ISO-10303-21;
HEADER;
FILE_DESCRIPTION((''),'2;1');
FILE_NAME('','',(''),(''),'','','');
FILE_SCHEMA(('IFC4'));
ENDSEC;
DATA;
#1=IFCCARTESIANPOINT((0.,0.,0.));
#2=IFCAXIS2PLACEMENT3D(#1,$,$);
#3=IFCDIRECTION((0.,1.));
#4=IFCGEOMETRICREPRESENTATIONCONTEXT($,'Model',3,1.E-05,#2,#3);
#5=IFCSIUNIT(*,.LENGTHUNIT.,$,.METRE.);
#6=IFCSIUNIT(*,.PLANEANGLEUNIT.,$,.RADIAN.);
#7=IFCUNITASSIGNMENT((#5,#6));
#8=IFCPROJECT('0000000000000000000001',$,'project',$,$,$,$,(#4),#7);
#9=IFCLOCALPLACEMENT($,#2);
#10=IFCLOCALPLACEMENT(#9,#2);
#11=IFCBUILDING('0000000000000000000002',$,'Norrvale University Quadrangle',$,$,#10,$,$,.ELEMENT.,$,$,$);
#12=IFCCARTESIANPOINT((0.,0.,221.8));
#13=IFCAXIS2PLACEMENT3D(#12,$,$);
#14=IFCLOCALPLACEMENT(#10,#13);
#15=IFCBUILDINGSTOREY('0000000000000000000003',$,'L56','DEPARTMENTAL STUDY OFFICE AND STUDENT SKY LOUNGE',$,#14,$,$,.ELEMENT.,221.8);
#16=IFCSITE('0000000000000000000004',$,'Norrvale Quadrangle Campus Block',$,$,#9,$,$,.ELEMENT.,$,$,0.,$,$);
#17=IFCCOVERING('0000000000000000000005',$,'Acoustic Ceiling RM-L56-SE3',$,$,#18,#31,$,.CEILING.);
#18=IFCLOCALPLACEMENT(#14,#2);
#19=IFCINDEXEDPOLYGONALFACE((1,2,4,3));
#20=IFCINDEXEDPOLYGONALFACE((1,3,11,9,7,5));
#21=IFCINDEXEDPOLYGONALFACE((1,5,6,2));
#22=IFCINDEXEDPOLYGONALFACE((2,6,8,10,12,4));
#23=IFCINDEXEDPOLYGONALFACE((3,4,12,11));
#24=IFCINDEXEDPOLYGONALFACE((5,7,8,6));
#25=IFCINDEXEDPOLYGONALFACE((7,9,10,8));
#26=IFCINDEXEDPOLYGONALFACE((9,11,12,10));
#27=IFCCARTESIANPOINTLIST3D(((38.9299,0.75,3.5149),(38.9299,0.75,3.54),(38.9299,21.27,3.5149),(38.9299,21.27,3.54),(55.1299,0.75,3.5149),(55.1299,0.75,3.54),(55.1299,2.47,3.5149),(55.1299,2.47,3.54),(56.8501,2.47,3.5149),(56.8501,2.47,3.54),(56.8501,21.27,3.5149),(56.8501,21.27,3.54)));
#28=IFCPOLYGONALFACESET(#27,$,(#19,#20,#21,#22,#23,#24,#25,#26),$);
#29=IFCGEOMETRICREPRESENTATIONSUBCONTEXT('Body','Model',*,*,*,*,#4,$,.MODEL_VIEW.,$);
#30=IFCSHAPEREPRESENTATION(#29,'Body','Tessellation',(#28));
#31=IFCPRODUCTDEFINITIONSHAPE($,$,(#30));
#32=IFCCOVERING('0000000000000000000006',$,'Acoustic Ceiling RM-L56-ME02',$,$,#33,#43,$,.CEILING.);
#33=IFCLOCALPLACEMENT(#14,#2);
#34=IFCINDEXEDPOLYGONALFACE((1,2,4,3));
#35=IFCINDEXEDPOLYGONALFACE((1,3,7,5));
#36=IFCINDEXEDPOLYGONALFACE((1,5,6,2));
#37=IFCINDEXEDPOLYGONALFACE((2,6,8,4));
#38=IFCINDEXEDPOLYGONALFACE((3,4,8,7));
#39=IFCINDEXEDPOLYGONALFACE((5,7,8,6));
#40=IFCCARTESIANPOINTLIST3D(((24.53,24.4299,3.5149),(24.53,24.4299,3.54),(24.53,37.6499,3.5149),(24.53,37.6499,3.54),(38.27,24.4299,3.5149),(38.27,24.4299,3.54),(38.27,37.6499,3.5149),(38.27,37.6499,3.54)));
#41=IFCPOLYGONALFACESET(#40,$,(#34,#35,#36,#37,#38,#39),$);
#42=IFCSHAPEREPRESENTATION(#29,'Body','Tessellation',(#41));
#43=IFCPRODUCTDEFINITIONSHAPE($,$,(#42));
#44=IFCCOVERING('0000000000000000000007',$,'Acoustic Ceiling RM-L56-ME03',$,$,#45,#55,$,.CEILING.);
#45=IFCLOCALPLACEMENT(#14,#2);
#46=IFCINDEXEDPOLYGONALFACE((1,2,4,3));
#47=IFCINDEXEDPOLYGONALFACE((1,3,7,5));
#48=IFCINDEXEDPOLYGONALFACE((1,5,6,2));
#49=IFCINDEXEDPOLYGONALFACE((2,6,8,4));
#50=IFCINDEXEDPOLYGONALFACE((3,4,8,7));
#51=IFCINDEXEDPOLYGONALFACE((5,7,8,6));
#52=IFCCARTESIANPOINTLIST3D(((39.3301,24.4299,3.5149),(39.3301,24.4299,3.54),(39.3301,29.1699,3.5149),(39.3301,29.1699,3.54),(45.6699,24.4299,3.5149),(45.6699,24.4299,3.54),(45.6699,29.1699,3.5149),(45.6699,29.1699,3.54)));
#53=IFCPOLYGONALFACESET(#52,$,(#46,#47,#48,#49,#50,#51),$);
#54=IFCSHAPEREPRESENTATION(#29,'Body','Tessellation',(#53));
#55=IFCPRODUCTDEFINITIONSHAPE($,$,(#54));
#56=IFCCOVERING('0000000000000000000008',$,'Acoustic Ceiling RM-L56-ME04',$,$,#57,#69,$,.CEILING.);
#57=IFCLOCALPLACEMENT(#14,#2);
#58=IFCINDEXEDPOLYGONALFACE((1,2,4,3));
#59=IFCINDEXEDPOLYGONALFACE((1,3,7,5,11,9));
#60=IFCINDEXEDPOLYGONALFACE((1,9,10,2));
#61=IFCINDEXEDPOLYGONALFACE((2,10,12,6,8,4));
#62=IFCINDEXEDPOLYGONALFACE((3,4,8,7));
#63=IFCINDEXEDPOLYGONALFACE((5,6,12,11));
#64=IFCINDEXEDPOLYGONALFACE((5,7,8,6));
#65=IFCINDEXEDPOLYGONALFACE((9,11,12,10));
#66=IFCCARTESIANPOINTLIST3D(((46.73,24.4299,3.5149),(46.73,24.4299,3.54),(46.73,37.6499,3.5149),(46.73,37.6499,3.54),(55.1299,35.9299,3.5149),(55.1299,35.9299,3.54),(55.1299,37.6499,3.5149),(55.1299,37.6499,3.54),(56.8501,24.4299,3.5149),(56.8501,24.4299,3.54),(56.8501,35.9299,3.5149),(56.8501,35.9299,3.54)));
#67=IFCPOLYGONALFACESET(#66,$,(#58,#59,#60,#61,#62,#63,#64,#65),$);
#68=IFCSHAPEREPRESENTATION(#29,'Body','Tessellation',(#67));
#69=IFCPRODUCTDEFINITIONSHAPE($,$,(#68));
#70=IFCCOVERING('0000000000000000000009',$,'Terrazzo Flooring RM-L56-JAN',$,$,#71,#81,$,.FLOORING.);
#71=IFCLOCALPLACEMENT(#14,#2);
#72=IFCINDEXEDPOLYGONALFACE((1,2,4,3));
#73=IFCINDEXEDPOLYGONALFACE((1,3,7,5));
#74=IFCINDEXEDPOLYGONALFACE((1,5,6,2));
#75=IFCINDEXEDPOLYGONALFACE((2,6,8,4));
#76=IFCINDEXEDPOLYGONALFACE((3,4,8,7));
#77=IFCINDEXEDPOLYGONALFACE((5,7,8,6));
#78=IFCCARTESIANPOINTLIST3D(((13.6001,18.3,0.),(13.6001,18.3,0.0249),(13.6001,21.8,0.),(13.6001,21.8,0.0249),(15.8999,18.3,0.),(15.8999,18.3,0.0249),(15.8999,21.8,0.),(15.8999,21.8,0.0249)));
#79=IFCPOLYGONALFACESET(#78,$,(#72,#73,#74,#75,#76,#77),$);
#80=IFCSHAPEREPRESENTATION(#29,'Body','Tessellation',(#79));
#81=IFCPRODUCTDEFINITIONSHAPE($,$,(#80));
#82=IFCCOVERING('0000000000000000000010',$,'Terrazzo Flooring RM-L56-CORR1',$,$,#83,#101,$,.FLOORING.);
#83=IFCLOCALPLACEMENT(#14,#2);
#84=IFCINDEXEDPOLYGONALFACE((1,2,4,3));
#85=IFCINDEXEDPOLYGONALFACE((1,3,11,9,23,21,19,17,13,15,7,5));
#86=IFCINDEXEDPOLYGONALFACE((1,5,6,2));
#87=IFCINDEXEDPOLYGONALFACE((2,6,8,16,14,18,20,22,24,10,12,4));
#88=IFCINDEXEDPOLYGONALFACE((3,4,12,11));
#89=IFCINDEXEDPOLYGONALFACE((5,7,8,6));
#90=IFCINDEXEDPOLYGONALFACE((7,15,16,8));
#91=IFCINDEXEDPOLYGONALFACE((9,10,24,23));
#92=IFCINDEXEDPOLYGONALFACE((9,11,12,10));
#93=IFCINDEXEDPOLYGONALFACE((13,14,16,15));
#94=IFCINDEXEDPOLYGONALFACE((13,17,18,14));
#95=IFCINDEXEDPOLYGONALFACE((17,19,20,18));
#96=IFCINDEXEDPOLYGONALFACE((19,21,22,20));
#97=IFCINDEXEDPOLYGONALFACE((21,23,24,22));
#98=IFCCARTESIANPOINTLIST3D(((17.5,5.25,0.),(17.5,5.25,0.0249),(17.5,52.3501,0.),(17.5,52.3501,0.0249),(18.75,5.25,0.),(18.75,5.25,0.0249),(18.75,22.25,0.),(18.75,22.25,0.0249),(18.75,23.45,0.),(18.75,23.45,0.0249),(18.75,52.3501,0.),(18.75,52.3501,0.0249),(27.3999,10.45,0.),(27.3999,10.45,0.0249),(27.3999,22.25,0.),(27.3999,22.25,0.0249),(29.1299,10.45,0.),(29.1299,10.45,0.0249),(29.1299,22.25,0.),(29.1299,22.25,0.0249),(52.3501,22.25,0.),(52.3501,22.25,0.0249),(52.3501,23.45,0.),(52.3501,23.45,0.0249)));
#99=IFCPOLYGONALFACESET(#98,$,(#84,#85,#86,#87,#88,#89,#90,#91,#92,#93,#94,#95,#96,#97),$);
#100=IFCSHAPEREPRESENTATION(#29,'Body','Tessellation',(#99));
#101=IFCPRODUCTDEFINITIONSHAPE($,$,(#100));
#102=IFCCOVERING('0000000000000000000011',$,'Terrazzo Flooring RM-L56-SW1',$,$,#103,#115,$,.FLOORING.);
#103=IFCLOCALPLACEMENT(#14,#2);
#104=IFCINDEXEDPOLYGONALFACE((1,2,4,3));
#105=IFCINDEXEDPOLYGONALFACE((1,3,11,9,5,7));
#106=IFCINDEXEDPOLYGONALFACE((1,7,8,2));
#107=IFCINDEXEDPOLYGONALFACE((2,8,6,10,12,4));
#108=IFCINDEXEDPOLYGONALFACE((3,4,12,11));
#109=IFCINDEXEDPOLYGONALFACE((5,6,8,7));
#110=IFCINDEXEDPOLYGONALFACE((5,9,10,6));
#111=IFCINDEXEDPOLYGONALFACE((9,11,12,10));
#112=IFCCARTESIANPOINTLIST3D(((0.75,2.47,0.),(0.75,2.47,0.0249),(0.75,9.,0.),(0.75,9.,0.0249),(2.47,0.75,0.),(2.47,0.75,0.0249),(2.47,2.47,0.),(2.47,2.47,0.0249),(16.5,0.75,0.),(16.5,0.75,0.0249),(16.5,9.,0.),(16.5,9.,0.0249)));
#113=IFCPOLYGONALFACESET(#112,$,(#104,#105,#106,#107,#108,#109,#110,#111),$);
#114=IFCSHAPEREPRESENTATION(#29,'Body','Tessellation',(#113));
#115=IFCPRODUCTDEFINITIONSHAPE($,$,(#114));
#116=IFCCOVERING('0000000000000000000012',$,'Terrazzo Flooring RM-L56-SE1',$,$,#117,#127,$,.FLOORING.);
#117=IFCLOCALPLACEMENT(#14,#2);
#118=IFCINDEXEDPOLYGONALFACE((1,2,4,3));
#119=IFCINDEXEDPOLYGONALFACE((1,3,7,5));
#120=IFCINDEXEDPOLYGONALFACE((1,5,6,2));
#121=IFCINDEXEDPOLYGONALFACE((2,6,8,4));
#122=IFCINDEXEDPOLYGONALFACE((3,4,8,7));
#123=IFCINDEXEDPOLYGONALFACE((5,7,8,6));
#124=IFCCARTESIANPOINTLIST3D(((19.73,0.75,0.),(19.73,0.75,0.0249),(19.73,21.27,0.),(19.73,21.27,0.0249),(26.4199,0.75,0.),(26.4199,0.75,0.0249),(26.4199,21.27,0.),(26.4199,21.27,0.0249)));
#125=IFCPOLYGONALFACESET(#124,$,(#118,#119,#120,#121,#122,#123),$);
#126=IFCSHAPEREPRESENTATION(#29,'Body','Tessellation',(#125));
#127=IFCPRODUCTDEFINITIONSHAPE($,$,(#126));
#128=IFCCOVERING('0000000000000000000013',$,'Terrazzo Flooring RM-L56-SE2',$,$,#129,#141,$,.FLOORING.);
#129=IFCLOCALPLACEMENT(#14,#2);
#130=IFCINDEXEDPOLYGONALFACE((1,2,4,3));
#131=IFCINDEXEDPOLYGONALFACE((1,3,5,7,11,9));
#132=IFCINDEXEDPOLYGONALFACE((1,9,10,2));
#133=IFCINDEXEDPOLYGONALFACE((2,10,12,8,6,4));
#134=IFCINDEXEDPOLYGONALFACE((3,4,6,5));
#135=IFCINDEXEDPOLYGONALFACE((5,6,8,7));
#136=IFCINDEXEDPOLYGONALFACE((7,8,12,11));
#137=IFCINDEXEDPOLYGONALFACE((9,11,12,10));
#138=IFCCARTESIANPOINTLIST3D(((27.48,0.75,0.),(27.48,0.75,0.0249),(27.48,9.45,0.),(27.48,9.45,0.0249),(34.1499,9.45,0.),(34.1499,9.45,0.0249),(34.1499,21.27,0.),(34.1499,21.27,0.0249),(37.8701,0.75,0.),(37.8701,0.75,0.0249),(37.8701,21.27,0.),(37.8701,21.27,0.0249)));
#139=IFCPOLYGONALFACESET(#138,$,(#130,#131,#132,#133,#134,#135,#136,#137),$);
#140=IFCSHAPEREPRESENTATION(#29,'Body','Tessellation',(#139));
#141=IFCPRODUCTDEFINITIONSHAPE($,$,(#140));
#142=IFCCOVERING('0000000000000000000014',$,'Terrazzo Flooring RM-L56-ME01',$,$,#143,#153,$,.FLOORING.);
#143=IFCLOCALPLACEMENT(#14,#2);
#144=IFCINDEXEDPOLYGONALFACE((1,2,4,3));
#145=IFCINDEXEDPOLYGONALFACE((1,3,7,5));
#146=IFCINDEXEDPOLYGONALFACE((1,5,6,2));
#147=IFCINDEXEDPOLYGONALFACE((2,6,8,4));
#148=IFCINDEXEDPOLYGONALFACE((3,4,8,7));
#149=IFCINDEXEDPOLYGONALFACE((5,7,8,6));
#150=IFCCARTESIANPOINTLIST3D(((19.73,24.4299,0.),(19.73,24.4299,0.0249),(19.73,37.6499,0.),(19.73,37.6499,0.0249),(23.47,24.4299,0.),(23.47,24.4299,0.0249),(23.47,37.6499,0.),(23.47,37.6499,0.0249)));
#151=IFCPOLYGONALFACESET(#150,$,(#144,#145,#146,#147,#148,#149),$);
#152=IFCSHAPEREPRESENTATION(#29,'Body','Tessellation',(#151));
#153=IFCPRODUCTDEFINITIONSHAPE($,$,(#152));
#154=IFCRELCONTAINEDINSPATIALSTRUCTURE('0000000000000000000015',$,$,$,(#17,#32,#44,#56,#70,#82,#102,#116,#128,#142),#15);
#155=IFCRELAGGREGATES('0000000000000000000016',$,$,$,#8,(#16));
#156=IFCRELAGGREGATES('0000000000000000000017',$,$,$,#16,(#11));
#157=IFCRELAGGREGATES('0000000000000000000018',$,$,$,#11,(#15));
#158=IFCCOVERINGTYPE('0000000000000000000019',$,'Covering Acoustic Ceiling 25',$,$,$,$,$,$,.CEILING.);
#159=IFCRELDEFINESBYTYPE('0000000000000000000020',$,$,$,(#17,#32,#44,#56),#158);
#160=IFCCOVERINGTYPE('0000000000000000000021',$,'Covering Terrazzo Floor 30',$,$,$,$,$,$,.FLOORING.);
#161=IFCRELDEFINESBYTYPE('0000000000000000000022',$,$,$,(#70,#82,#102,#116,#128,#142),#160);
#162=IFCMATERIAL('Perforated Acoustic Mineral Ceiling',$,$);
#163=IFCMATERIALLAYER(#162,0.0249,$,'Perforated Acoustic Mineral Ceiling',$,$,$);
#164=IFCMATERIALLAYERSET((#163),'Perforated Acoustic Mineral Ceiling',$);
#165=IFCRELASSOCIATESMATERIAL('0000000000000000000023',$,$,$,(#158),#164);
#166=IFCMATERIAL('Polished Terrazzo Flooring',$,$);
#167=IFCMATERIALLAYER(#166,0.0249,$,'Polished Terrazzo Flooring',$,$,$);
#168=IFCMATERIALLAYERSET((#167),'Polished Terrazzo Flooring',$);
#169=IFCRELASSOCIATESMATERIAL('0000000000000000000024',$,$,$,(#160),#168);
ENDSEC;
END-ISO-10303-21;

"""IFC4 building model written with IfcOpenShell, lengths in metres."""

from ifc_helpers import new_model, si_unit, direction, frame, origin, place, context, subcontext, project, spatial, polyline, outline, extrude, material, layer, layer_set, type_object, element, save


model = new_model("IFC4")

# Units and contexts
model_context = context("Model", 3, precision=1e-05, world=origin(), true_north=direction((0.0, 1.0)))
body_context = subcontext(model_context, "Body", "Model", "MODEL_VIEW")
ifc_project = project(units=[si_unit("LENGTHUNIT", "METRE"), si_unit("PLANEANGLEUNIT", "RADIAN")], contexts=[model_context])

# Site, building, storey
site_placement = place(None, origin())
site = spatial("IfcSite", under=ifc_project, at=site_placement, Name="Norrvale Quadrangle Campus Block", CompositionType="ELEMENT", RefElevation=0.0)
building_placement = place(site_placement, origin())
building = spatial("IfcBuilding", under=site, at=building_placement, Name="Norrvale University Quadrangle", CompositionType="ELEMENT")
storey_placement = place(building_placement, frame((0.0, 0.0, 221.8)))
storey = spatial("IfcBuildingStorey", under=building, at=storey_placement, Name="L56", Description="DEPARTMENTAL STUDY OFFICE AND STUDENT SKY LOUNGE", CompositionType="ELEMENT", Elevation=221.8)

# Coverings
ifc_material_1 = material(Name="Perforated Acoustic Mineral Ceiling")
ifc_layer_1 = layer(ifc_material_1, 0.0249, Name="Perforated Acoustic Mineral Ceiling")
ifc_layer_set_1 = layer_set([ifc_layer_1], Name="Perforated Acoustic Mineral Ceiling")
covering_type_1 = type_object("IfcCoveringType", Name="Covering Acoustic Ceiling 25", PredefinedType="CEILING", material=ifc_layer_set_1)
covering_1_placement = place(storey_placement, frame((0.0, 0.0, 3.5149)))
element("IfcCovering", 1, at=covering_1_placement, inside=storey, type_object=covering_type_1, Name="Acoustic Ceiling RM-L56-SE3", PredefinedType="CEILING", context=body_context, shape_type="SweptSolid", body=[
    extrude(outline(polyline([(38.9299, 21.27), (56.8501, 21.27), (56.8501, 2.47), (55.1299, 2.47), (55.1299, 0.75), (38.9299, 0.75), (38.9299, 21.27)])), origin(), (0.0, 0.0, 1.0), 0.0251),
])
covering_2_placement = place(storey_placement, frame((0.0, 0.0, 3.5149)))
element("IfcCovering", 2, at=covering_2_placement, inside=storey, type_object=covering_type_1, Name="Acoustic Ceiling RM-L56-ME02", PredefinedType="CEILING", context=body_context, shape_type="SweptSolid", body=[
    extrude(outline(polyline([(38.27, 37.6499), (38.27, 24.4299), (24.53, 24.4299), (24.53, 37.6499), (38.27, 37.6499)])), origin(), (0.0, 0.0, 1.0), 0.0251),
])
covering_3_placement = place(storey_placement, frame((0.0, 0.0, 3.5149)))
element("IfcCovering", 3, at=covering_3_placement, inside=storey, type_object=covering_type_1, Name="Acoustic Ceiling RM-L56-ME03", PredefinedType="CEILING", context=body_context, shape_type="SweptSolid", body=[
    extrude(outline(polyline([(45.6699, 24.4299), (39.3301, 24.4299), (39.3301, 29.1699), (45.6699, 29.1699), (45.6699, 24.4299)])), origin(), (0.0, 0.0, 1.0), 0.0251),
])
covering_4_placement = place(storey_placement, frame((0.0, 0.0, 3.5149)))
element("IfcCovering", 4, at=covering_4_placement, inside=storey, type_object=covering_type_1, Name="Acoustic Ceiling RM-L56-ME04", PredefinedType="CEILING", context=body_context, shape_type="SweptSolid", body=[
    extrude(outline(polyline([(46.73, 24.4299), (46.73, 37.6499), (55.1299, 37.6499), (55.1299, 35.9299), (56.8501, 35.9299), (56.8501, 24.4299), (46.73, 24.4299)])), origin(), (0.0, 0.0, 1.0), 0.0251),
])
ifc_material_2 = material(Name="Polished Terrazzo Flooring")
ifc_layer_2 = layer(ifc_material_2, 0.0249, Name="Polished Terrazzo Flooring")
ifc_layer_set_2 = layer_set([ifc_layer_2], Name="Polished Terrazzo Flooring")
covering_type_2 = type_object("IfcCoveringType", Name="Covering Terrazzo Floor 30", PredefinedType="FLOORING", material=ifc_layer_set_2)
covering_5_placement = place(storey_placement, origin())
element("IfcCovering", 5, at=covering_5_placement, inside=storey, type_object=covering_type_2, Name="Terrazzo Flooring RM-L56-JAN", PredefinedType="FLOORING", context=body_context, shape_type="SweptSolid", body=[
    extrude(outline(polyline([(13.6001, 18.3), (13.6001, 21.8), (15.8999, 21.8), (15.8999, 18.3), (13.6001, 18.3)])), origin(), (0.0, 0.0, 1.0), 0.0249),
])
covering_6_placement = place(storey_placement, origin())
element("IfcCovering", 6, at=covering_6_placement, inside=storey, type_object=covering_type_2, Name="Terrazzo Flooring RM-L56-CORR1", PredefinedType="FLOORING", context=body_context, shape_type="SweptSolid", body=[
    extrude(outline(polyline([(17.5, 5.25), (17.5, 52.3501), (18.75, 52.3501), (18.75, 23.45), (52.3501, 23.45), (52.3501, 22.25), (29.1299, 22.25), (29.1299, 10.45), (27.3999, 10.45), (27.3999, 22.25), (18.75, 22.25), (18.75, 5.25), (17.5, 5.25)])), origin(), (0.0, 0.0, 1.0), 0.0249),
])
covering_7_placement = place(storey_placement, origin())
element("IfcCovering", 7, at=covering_7_placement, inside=storey, type_object=covering_type_2, Name="Terrazzo Flooring RM-L56-SW1", PredefinedType="FLOORING", context=body_context, shape_type="SweptSolid", body=[
    extrude(outline(polyline([(16.5, 9.0), (16.5, 0.75), (2.47, 0.75), (2.47, 2.47), (0.75, 2.47), (0.75, 9.0), (16.5, 9.0)])), origin(), (0.0, 0.0, 1.0), 0.0249),
])
covering_8_placement = place(storey_placement, origin())
element("IfcCovering", 8, at=covering_8_placement, inside=storey, type_object=covering_type_2, Name="Terrazzo Flooring RM-L56-SE1", PredefinedType="FLOORING", context=body_context, shape_type="SweptSolid", body=[
    extrude(outline(polyline([(26.4199, 21.27), (26.4199, 0.75), (19.73, 0.75), (19.73, 21.27), (26.4199, 21.27)])), origin(), (0.0, 0.0, 1.0), 0.0249),
])
covering_9_placement = place(storey_placement, origin())
element("IfcCovering", 9, at=covering_9_placement, inside=storey, type_object=covering_type_2, Name="Terrazzo Flooring RM-L56-SE2", PredefinedType="FLOORING", context=body_context, shape_type="SweptSolid", body=[
    extrude(outline(polyline([(34.1499, 9.45), (34.1499, 21.27), (37.8701, 21.27), (37.8701, 0.75), (27.48, 0.75), (27.48, 9.45), (34.1499, 9.45)])), origin(), (0.0, 0.0, 1.0), 0.0249),
])
covering_10_placement = place(storey_placement, origin())
element("IfcCovering", 10, at=covering_10_placement, inside=storey, type_object=covering_type_2, Name="Terrazzo Flooring RM-L56-ME01", PredefinedType="FLOORING", context=body_context, shape_type="SweptSolid", body=[
    extrude(outline(polyline([(23.47, 37.6499), (23.47, 24.4299), (19.73, 24.4299), (19.73, 37.6499), (23.47, 37.6499)])), origin(), (0.0, 0.0, 1.0), 0.0249),
])

save(model, "model.ifc")
